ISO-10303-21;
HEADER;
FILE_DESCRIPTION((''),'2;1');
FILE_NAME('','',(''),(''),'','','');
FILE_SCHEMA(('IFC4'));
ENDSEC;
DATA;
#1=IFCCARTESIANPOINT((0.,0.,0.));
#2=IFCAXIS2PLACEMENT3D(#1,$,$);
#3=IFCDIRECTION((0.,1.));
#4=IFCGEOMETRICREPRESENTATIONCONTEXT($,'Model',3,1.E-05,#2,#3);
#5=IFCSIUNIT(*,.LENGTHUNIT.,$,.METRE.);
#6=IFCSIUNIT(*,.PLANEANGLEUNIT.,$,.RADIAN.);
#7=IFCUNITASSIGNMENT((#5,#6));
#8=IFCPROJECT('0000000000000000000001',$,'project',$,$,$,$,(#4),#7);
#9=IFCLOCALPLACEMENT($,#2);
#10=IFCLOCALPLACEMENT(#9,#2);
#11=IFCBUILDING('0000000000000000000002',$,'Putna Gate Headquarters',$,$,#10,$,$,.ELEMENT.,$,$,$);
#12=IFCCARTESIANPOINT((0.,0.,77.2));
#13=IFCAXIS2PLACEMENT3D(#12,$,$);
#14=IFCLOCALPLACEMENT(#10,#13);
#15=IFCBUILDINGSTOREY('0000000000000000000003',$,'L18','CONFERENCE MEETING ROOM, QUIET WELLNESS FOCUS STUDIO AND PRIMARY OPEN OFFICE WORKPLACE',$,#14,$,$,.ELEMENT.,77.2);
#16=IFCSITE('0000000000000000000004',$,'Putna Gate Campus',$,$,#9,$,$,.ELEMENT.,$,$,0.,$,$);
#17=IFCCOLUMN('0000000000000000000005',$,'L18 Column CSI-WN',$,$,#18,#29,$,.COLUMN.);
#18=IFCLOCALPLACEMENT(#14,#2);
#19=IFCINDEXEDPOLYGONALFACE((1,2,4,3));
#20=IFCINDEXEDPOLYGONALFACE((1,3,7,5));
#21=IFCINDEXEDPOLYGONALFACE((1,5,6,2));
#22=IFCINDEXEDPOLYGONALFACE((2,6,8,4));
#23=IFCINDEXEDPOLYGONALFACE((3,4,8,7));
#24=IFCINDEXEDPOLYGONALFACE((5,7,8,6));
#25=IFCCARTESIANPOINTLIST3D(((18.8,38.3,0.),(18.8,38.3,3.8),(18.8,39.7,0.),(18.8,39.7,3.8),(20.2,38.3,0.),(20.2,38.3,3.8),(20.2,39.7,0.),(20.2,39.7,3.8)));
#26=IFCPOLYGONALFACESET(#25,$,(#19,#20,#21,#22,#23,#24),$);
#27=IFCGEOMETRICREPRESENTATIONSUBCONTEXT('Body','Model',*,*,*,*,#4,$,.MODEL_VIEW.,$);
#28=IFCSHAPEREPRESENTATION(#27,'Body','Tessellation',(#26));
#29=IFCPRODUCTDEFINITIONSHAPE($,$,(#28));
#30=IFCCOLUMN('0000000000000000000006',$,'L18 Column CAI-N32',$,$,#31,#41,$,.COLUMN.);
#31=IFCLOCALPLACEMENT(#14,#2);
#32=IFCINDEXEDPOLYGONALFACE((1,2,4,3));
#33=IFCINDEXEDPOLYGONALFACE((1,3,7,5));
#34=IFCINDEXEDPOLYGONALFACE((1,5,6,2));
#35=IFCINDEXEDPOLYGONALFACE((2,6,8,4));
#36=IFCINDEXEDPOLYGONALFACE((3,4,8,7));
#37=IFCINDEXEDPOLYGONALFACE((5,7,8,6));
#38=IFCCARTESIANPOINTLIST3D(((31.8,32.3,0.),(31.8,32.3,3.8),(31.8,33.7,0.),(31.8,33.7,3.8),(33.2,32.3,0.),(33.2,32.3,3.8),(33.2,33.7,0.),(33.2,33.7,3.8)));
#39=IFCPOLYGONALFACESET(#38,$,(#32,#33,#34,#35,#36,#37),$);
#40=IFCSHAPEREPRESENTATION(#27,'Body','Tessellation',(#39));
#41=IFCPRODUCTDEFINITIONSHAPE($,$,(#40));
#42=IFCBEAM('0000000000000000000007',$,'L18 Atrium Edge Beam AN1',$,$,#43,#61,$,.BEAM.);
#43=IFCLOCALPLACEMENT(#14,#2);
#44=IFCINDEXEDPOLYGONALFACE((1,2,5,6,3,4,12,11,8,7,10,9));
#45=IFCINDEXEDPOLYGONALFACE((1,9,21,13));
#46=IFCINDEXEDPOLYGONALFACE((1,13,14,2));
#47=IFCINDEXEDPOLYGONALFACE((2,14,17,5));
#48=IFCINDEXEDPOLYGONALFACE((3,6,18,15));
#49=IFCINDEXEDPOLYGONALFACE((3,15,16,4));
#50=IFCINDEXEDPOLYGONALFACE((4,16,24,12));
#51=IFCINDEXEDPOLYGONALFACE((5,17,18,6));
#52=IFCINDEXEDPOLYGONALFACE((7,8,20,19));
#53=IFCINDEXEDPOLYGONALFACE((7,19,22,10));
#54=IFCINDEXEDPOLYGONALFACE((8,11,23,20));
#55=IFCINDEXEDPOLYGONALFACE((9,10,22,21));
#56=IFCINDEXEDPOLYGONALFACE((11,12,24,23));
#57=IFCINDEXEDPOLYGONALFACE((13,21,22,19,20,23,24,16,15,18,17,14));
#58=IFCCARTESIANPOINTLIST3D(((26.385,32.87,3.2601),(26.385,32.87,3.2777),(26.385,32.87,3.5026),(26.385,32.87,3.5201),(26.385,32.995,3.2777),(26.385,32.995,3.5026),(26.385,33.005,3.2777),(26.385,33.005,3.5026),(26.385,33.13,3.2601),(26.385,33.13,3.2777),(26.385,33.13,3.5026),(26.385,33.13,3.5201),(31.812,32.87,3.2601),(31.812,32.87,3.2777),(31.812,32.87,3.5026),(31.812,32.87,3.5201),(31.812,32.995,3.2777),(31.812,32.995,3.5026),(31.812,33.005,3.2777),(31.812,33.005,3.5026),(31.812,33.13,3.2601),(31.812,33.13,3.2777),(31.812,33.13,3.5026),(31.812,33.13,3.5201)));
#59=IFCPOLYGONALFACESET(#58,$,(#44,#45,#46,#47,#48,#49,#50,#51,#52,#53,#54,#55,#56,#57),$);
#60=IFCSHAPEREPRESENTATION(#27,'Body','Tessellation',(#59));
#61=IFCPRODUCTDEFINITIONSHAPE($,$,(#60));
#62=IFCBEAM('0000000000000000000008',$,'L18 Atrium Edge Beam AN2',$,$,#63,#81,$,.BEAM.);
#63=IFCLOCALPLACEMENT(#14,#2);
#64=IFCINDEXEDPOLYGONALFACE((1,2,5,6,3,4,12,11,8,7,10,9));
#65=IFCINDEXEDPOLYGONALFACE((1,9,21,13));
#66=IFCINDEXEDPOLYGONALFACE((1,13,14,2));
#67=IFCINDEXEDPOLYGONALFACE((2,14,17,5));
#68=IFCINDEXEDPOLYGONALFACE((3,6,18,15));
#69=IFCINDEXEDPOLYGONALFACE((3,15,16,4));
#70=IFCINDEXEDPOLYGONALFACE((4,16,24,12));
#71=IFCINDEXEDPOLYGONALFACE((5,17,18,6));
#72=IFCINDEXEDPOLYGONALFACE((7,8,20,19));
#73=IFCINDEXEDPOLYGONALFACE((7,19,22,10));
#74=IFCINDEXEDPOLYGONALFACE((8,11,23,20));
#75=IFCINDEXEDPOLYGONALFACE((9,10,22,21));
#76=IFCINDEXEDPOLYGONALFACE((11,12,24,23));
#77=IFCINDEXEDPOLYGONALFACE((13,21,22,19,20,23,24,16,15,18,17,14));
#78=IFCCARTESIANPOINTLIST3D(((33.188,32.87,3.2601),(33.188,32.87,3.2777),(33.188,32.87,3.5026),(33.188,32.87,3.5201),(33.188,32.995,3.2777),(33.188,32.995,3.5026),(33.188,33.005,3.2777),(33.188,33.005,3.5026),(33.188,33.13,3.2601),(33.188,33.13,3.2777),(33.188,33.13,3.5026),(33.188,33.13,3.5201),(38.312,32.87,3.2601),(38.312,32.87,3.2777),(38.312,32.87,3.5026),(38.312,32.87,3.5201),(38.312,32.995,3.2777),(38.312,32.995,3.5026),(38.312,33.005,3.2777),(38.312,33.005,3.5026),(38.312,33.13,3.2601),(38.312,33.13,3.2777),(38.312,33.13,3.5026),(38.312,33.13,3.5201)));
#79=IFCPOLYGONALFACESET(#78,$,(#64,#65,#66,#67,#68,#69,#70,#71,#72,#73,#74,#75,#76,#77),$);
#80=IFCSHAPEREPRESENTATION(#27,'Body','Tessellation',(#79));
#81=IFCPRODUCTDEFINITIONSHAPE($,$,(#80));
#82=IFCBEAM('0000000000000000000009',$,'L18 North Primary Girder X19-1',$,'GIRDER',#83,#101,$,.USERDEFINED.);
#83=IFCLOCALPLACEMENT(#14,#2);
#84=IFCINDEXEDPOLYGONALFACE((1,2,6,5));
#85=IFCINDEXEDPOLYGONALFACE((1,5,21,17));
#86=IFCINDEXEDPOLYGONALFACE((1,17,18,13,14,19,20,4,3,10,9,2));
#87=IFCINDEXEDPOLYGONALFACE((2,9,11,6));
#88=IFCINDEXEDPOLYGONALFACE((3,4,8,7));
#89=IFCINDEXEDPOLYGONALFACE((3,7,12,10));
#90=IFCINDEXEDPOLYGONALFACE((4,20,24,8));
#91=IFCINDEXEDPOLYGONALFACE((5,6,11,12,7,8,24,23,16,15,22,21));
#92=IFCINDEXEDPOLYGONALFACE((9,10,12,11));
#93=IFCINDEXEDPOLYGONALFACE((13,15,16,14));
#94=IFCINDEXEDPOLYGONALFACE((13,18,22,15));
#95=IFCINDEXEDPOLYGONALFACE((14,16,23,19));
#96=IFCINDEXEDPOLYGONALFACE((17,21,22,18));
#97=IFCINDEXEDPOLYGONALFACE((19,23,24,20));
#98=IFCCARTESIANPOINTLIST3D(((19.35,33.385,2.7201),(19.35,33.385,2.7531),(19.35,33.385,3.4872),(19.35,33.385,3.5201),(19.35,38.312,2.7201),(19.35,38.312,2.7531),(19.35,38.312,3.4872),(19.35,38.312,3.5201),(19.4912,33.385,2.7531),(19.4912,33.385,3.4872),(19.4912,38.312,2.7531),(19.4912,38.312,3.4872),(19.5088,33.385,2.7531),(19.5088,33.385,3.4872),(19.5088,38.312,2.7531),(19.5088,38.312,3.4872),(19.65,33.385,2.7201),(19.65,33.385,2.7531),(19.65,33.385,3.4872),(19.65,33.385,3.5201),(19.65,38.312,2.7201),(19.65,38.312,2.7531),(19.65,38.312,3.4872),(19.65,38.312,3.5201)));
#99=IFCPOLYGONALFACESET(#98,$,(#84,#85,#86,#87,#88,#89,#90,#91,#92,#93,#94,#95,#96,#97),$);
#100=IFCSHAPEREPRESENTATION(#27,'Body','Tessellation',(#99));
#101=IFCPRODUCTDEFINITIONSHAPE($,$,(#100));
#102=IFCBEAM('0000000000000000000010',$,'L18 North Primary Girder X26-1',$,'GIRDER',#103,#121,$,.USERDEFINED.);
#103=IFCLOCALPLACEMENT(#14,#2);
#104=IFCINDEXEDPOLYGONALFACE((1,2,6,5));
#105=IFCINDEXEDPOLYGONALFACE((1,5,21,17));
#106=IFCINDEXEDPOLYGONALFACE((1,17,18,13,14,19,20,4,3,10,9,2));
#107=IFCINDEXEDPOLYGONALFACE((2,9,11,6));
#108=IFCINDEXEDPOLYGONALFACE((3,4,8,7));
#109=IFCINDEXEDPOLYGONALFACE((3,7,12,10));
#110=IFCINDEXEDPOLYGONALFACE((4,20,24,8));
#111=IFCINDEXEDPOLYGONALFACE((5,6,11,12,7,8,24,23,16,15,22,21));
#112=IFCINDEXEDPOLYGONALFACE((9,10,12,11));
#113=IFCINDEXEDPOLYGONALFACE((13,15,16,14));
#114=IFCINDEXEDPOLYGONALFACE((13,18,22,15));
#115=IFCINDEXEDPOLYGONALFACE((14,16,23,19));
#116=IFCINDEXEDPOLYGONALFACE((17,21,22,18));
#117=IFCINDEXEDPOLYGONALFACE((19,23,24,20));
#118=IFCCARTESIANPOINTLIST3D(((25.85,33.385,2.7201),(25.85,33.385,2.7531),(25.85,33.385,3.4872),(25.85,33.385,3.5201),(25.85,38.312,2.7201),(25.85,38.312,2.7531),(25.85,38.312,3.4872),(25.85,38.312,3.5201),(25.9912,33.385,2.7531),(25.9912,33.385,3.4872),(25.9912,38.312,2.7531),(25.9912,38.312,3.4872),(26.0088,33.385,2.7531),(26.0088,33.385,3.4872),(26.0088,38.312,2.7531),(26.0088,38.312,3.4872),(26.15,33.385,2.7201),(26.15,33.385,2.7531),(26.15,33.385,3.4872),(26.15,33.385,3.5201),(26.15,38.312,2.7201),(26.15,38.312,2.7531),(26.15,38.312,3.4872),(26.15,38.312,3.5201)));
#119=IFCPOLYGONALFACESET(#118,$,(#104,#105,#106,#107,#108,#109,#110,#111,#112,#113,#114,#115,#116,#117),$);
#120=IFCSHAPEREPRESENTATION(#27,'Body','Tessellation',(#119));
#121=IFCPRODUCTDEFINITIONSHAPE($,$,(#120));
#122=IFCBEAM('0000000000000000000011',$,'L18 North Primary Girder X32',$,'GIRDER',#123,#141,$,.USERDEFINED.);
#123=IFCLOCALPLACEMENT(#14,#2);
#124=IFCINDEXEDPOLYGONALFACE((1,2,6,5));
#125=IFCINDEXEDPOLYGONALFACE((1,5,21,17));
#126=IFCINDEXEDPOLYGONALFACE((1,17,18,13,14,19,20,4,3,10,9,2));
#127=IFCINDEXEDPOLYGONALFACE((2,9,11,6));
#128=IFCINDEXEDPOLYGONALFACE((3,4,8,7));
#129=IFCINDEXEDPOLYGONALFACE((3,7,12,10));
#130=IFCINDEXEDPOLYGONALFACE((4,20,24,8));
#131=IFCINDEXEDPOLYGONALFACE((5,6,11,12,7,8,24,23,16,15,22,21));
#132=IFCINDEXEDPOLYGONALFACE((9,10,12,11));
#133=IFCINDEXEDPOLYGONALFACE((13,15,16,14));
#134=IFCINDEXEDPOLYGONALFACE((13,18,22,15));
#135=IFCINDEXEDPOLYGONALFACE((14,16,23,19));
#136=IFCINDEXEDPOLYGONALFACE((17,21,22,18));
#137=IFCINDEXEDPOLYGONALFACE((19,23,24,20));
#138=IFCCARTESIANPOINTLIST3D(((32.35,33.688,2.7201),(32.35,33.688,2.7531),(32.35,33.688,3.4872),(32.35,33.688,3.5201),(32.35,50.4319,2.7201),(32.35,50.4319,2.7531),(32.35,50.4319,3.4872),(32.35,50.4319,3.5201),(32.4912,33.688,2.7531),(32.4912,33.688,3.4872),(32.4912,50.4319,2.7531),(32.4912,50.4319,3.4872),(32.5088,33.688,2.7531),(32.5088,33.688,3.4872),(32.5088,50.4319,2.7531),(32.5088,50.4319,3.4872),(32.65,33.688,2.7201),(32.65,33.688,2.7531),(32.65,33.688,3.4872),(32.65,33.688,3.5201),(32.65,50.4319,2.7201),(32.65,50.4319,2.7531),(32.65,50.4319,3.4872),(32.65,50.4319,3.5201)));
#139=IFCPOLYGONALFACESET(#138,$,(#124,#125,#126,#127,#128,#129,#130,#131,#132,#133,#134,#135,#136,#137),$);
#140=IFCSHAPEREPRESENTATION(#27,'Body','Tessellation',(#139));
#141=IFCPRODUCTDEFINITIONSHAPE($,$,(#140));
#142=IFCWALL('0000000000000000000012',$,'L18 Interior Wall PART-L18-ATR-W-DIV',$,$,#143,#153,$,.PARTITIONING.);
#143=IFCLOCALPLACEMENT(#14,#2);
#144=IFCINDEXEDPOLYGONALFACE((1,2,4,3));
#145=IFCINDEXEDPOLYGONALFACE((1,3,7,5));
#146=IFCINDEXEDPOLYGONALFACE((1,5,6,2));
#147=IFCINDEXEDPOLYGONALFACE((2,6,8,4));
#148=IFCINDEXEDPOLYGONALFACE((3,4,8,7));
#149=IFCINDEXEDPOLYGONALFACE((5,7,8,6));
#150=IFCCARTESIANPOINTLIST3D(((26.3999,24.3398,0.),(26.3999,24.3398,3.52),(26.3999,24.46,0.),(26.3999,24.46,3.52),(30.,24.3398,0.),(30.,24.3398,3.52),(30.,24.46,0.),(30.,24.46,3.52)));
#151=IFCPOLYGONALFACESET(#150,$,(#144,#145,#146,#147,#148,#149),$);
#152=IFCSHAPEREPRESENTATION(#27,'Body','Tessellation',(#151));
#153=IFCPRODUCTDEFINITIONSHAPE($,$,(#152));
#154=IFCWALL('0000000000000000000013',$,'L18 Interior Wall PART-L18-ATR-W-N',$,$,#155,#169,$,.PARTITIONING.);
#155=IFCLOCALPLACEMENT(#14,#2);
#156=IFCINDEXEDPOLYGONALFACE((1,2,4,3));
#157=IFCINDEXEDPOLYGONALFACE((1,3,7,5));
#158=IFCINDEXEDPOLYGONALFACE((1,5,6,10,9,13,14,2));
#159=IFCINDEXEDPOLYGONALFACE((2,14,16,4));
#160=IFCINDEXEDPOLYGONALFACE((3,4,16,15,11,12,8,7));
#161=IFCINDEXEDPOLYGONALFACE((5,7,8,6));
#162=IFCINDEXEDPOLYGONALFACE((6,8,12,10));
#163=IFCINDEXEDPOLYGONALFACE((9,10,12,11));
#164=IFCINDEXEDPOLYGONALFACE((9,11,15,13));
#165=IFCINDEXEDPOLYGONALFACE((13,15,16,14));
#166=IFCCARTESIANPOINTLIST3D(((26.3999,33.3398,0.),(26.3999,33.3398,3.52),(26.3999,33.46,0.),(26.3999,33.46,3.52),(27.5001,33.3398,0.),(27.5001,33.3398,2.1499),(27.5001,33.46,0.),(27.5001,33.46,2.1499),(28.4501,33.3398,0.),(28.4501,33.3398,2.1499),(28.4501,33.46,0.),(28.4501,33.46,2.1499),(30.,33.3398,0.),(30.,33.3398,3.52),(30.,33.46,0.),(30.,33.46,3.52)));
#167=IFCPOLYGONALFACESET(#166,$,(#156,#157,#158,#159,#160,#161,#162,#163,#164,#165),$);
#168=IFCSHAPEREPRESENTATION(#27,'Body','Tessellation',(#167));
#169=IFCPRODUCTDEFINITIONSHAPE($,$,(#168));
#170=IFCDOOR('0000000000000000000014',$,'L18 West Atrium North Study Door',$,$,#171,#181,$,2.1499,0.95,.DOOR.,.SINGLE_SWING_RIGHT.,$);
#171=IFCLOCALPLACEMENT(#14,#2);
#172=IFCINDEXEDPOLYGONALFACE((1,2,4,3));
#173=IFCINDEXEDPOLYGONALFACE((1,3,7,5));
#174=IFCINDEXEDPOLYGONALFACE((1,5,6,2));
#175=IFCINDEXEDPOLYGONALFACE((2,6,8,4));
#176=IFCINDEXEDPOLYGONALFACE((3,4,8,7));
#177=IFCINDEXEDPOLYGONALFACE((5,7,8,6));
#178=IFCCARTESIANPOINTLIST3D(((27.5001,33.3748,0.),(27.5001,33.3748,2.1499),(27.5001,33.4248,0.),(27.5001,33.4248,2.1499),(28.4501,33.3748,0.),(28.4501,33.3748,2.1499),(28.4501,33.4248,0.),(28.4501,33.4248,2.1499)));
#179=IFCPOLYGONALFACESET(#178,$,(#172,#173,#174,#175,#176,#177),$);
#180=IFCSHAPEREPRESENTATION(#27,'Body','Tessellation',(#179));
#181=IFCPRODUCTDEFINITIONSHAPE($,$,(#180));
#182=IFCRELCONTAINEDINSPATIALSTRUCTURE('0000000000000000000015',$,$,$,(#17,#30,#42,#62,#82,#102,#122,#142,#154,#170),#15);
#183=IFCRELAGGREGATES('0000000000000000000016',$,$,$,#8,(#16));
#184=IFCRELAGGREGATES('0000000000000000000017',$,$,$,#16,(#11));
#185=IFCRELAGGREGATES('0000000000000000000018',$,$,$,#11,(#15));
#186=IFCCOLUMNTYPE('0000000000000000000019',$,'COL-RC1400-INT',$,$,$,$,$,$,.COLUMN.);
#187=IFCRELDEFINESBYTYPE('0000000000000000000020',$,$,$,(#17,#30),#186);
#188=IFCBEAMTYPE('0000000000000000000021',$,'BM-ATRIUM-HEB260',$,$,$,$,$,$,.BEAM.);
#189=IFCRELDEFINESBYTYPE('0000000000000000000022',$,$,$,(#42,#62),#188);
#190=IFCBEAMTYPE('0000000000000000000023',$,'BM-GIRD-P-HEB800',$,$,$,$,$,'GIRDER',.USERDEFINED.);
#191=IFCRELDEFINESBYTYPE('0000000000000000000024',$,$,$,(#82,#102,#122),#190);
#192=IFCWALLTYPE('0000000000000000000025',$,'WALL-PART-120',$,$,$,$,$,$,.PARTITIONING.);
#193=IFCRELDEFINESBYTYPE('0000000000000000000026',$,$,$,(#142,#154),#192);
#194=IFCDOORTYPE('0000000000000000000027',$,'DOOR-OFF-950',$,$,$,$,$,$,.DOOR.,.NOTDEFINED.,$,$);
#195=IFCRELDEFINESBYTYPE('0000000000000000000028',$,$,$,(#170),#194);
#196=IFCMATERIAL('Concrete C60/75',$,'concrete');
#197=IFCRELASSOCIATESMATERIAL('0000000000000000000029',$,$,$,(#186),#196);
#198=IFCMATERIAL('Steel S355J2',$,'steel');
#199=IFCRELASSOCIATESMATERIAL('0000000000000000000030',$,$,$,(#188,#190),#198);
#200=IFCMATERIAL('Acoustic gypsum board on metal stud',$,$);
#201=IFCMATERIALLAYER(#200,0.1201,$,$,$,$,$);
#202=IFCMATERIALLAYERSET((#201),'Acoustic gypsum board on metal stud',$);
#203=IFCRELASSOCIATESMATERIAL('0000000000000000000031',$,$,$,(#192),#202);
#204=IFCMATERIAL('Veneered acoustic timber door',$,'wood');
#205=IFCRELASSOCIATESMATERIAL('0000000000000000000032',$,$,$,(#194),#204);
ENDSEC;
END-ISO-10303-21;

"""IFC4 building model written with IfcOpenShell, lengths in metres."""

from ifc_helpers import new_model, si_unit, direction, frame, frame_2d, origin, origin_2d, place, context, subcontext, project, spatial, rectangle, i_section, extrude, material, layer, layer_set, material_profile, profile_set, type_object, element, fill, save


model = new_model("IFC4")

# Units and contexts
model_context = context("Model", 3, precision=1e-05, world=origin(), true_north=direction((0.0, 1.0)))
body_context = subcontext(model_context, "Body", "Model", "MODEL_VIEW")
ifc_project = project(units=[si_unit("LENGTHUNIT", "METRE"), si_unit("PLANEANGLEUNIT", "RADIAN")], contexts=[model_context])

# Site, building, storey
site_placement = place(None, origin())
site = spatial("IfcSite", under=ifc_project, at=site_placement, Name="Putna Gate Campus", CompositionType="ELEMENT", RefElevation=0.0)
building_placement = place(site_placement, origin())
building = spatial("IfcBuilding", under=site, at=building_placement, Name="Putna Gate Headquarters", CompositionType="ELEMENT")
storey_placement = place(building_placement, frame((0.0, 0.0, 77.2)))
storey = spatial("IfcBuildingStorey", under=building, at=storey_placement, Name="L18", Description="CONFERENCE MEETING ROOM, QUIET WELLNESS FOCUS STUDIO AND PRIMARY OPEN OFFICE WORKPLACE", CompositionType="ELEMENT", Elevation=77.2)

# Columns
ifc_material_1 = material(Name="Concrete C60/75", Category="concrete")
ifc_material_profile_1 = material_profile(ifc_material_1, rectangle(XDim=1.3999, YDim=1.3999, at=origin_2d()), Name="Concrete C60/75")
ifc_profile_set_1 = profile_set([ifc_material_profile_1], Name="Concrete C60/75")
column_type = type_object("IfcColumnType", Name="COL-RC1400-INT", PredefinedType="COLUMN", material=ifc_profile_set_1)
for number, where, z_axis, x_axis, name in (
    (1, (19.5, 39.0, 0.0), (0.0, 0.0, 1.0), (1.0, 0.0, 0.0), "L18 Column CSI-WN"),
    (2, (32.5, 33.0, 0.0), (0.0, 0.0, 1.0), (1.0, 0.0, 0.0), "L18 Column CAI-N32"),
):
    element("IfcColumn", number, at=place(storey_placement, frame(where, z_axis=z_axis, x_axis=x_axis)), inside=storey, type_object=column_type, Name=name, PredefinedType="COLUMN", context=body_context, shape_type="SweptSolid", body=[
        extrude(rectangle(XDim=1.3999, YDim=1.3999, at=origin_2d()), origin(), (0.0, 0.0, 1.0), 3.8),
    ])

# Beams
ifc_material_2 = material(Name="Steel S355J2", Category="steel")
ifc_material_profile_2 = material_profile(ifc_material_2, i_section(OverallWidth=0.26, OverallDepth=0.26, WebThickness=0.01, FlangeThickness=0.0176, at=origin_2d()), Name="Steel S355J2")
ifc_profile_set_2 = profile_set([ifc_material_profile_2], Name="Steel S355J2")
beam_type_1 = type_object("IfcBeamType", Name="BM-ATRIUM-HEB260", PredefinedType="BEAM", material=ifc_profile_set_2)
beam_1_placement = place(storey_placement, frame((26.385, 33.0, 3.3901), z_axis=(1.0, 0.0, 0.0), x_axis=(0.0, 1.0, 0.0)))
element("IfcBeam", 3, at=beam_1_placement, inside=storey, type_object=beam_type_1, Name="L18 Atrium Edge Beam AN1", PredefinedType="BEAM", context=body_context, shape_type="SweptSolid", body=[
    extrude(i_section(OverallWidth=0.26, OverallDepth=0.26, WebThickness=0.01, FlangeThickness=0.0176, at=origin_2d()), origin(), (0.0, 0.0, 1.0), 5.427),
])
beam_2_placement = place(storey_placement, frame((33.188, 33.0, 3.3901), z_axis=(1.0, 0.0, 0.0), x_axis=(0.0, 1.0, 0.0)))
element("IfcBeam", 4, at=beam_2_placement, inside=storey, type_object=beam_type_1, Name="L18 Atrium Edge Beam AN2", PredefinedType="BEAM", context=body_context, shape_type="SweptSolid", body=[
    extrude(i_section(OverallWidth=0.26, OverallDepth=0.26, WebThickness=0.01, FlangeThickness=0.0176, at=origin_2d()), origin(), (0.0, 0.0, 1.0), 5.124),
])
ifc_material_profile_3 = material_profile(ifc_material_2, i_section(OverallWidth=0.3, OverallDepth=0.8, WebThickness=0.0176, FlangeThickness=0.033, at=origin_2d()), Name="Steel S355J2")
ifc_profile_set_3 = profile_set([ifc_material_profile_3], Name="Steel S355J2")
beam_type_2 = type_object("IfcBeamType", Name="BM-GIRD-P-HEB800", ElementType="GIRDER", PredefinedType="USERDEFINED", material=ifc_profile_set_3)
for number, where, z_axis, x_axis, name in (
    (5, (19.5, 33.385, 3.1201), (0.0, 1.0, 0.0), (-1.0, 0.0, 0.0), "L18 North Primary Girder X19-1"),
    (6, (26.0, 33.385, 3.1201), (0.0, 1.0, 0.0), (-1.0, 0.0, 0.0), "L18 North Primary Girder X26-1"),
):
    element("IfcBeam", number, at=place(storey_placement, frame(where, z_axis=z_axis, x_axis=x_axis)), inside=storey, type_object=beam_type_2, Name=name, ObjectType="GIRDER", PredefinedType="USERDEFINED", context=body_context, shape_type="SweptSolid", body=[
        extrude(i_section(OverallWidth=0.3, OverallDepth=0.8, WebThickness=0.0176, FlangeThickness=0.033, at=origin_2d()), origin(), (0.0, 0.0, 1.0), 4.927),
    ])
beam_3_placement = place(storey_placement, frame((32.5, 33.688, 3.1201), z_axis=(0.0, 1.0, 0.0), x_axis=(-1.0, 0.0, 0.0)))
element("IfcBeam", 7, at=beam_3_placement, inside=storey, type_object=beam_type_2, Name="L18 North Primary Girder X32", ObjectType="GIRDER", PredefinedType="USERDEFINED", context=body_context, shape_type="SweptSolid", body=[
    extrude(i_section(OverallWidth=0.3, OverallDepth=0.8, WebThickness=0.0176, FlangeThickness=0.033, at=origin_2d()), origin(), (0.0, 0.0, 1.0), 16.7439),
])

# Wall
ifc_material_3 = material(Name="Acoustic gypsum board on metal stud")
ifc_layer_1 = layer(ifc_material_3, 0.1201)
ifc_layer_set_1 = layer_set([ifc_layer_1], Name="Acoustic gypsum board on metal stud")
wall_type_1 = type_object("IfcWallType", Name="WALL-PART-120", PredefinedType="PARTITIONING", material=ifc_layer_set_1)
wall_1_placement = place(storey_placement, frame((26.3999, 24.3999, 0.0), z_axis=(0.0, 0.0, 1.0), x_axis=(1.0, 0.0, 0.0)))
element("IfcWall", 8, at=wall_1_placement, inside=storey, type_object=wall_type_1, Name="L18 Interior Wall PART-L18-ATR-W-DIV", PredefinedType="PARTITIONING", context=body_context, shape_type="SweptSolid", body=[
    extrude(rectangle(XDim=3.6001, YDim=0.1201, at=frame_2d((1.8, 0.0))), origin(), (0.0, 0.0, 1.0), 3.52),
])

# Wall, opening, door
wall_2_placement = place(storey_placement, frame((26.3999, 33.3999, 0.0), z_axis=(0.0, 0.0, 1.0), x_axis=(1.0, 0.0, 0.0)))
wall_2 = element("IfcWall", 9, at=wall_2_placement, inside=storey, type_object=wall_type_1, Name="L18 Interior Wall PART-L18-ATR-W-N", PredefinedType="PARTITIONING", context=body_context, shape_type="SweptSolid", body=[
    extrude(rectangle(XDim=3.6001, YDim=0.1201, at=frame_2d((1.8, 0.0))), origin(), (0.0, 0.0, 1.0), 3.52),
])
opening_1_placement = place(wall_2_placement, frame((1.1001, 0.0, 0.0)))
opening_1 = element("IfcOpeningElement", 10, at=opening_1_placement, cuts=wall_2, PredefinedType="OPENING", context=body_context, shape_type="SweptSolid", body=[
    extrude(rectangle(XDim=0.95, YDim=2.1499, at=frame_2d((0.4751, 1.075))), frame((0.0, 0.0701, 0.0), z_axis=(0.0, -1.0, 0.0), x_axis=(1.0, 0.0, 0.0)), (0.0, 0.0, 1.0), 0.1401),
])
ifc_material_4 = material(Name="Veneered acoustic timber door", Category="wood")
door_type_1 = type_object("IfcDoorType", Name="DOOR-OFF-950", OperationType="NOTDEFINED", PredefinedType="DOOR", material=ifc_material_4)
door_1_placement = place(opening_1_placement, origin())
door_1 = element("IfcDoor", 11, at=door_1_placement, inside=storey, type_object=door_type_1, Name="L18 West Atrium North Study Door", OperationType="SINGLE_SWING_RIGHT", OverallHeight=2.1499, OverallWidth=0.95, PredefinedType="DOOR", context=body_context, shape_type="SweptSolid", body=[
    extrude(rectangle(XDim=0.95, YDim=2.1499, at=frame_2d((0.4751, 1.075))), frame((0.0, 0.0249, 0.0), z_axis=(0.0, -1.0, 0.0), x_axis=(1.0, 0.0, 0.0)), (0.0, 0.0, 1.0), 0.05),
])
fill(opening_1, door_1)

save(model, "model.ifc")
